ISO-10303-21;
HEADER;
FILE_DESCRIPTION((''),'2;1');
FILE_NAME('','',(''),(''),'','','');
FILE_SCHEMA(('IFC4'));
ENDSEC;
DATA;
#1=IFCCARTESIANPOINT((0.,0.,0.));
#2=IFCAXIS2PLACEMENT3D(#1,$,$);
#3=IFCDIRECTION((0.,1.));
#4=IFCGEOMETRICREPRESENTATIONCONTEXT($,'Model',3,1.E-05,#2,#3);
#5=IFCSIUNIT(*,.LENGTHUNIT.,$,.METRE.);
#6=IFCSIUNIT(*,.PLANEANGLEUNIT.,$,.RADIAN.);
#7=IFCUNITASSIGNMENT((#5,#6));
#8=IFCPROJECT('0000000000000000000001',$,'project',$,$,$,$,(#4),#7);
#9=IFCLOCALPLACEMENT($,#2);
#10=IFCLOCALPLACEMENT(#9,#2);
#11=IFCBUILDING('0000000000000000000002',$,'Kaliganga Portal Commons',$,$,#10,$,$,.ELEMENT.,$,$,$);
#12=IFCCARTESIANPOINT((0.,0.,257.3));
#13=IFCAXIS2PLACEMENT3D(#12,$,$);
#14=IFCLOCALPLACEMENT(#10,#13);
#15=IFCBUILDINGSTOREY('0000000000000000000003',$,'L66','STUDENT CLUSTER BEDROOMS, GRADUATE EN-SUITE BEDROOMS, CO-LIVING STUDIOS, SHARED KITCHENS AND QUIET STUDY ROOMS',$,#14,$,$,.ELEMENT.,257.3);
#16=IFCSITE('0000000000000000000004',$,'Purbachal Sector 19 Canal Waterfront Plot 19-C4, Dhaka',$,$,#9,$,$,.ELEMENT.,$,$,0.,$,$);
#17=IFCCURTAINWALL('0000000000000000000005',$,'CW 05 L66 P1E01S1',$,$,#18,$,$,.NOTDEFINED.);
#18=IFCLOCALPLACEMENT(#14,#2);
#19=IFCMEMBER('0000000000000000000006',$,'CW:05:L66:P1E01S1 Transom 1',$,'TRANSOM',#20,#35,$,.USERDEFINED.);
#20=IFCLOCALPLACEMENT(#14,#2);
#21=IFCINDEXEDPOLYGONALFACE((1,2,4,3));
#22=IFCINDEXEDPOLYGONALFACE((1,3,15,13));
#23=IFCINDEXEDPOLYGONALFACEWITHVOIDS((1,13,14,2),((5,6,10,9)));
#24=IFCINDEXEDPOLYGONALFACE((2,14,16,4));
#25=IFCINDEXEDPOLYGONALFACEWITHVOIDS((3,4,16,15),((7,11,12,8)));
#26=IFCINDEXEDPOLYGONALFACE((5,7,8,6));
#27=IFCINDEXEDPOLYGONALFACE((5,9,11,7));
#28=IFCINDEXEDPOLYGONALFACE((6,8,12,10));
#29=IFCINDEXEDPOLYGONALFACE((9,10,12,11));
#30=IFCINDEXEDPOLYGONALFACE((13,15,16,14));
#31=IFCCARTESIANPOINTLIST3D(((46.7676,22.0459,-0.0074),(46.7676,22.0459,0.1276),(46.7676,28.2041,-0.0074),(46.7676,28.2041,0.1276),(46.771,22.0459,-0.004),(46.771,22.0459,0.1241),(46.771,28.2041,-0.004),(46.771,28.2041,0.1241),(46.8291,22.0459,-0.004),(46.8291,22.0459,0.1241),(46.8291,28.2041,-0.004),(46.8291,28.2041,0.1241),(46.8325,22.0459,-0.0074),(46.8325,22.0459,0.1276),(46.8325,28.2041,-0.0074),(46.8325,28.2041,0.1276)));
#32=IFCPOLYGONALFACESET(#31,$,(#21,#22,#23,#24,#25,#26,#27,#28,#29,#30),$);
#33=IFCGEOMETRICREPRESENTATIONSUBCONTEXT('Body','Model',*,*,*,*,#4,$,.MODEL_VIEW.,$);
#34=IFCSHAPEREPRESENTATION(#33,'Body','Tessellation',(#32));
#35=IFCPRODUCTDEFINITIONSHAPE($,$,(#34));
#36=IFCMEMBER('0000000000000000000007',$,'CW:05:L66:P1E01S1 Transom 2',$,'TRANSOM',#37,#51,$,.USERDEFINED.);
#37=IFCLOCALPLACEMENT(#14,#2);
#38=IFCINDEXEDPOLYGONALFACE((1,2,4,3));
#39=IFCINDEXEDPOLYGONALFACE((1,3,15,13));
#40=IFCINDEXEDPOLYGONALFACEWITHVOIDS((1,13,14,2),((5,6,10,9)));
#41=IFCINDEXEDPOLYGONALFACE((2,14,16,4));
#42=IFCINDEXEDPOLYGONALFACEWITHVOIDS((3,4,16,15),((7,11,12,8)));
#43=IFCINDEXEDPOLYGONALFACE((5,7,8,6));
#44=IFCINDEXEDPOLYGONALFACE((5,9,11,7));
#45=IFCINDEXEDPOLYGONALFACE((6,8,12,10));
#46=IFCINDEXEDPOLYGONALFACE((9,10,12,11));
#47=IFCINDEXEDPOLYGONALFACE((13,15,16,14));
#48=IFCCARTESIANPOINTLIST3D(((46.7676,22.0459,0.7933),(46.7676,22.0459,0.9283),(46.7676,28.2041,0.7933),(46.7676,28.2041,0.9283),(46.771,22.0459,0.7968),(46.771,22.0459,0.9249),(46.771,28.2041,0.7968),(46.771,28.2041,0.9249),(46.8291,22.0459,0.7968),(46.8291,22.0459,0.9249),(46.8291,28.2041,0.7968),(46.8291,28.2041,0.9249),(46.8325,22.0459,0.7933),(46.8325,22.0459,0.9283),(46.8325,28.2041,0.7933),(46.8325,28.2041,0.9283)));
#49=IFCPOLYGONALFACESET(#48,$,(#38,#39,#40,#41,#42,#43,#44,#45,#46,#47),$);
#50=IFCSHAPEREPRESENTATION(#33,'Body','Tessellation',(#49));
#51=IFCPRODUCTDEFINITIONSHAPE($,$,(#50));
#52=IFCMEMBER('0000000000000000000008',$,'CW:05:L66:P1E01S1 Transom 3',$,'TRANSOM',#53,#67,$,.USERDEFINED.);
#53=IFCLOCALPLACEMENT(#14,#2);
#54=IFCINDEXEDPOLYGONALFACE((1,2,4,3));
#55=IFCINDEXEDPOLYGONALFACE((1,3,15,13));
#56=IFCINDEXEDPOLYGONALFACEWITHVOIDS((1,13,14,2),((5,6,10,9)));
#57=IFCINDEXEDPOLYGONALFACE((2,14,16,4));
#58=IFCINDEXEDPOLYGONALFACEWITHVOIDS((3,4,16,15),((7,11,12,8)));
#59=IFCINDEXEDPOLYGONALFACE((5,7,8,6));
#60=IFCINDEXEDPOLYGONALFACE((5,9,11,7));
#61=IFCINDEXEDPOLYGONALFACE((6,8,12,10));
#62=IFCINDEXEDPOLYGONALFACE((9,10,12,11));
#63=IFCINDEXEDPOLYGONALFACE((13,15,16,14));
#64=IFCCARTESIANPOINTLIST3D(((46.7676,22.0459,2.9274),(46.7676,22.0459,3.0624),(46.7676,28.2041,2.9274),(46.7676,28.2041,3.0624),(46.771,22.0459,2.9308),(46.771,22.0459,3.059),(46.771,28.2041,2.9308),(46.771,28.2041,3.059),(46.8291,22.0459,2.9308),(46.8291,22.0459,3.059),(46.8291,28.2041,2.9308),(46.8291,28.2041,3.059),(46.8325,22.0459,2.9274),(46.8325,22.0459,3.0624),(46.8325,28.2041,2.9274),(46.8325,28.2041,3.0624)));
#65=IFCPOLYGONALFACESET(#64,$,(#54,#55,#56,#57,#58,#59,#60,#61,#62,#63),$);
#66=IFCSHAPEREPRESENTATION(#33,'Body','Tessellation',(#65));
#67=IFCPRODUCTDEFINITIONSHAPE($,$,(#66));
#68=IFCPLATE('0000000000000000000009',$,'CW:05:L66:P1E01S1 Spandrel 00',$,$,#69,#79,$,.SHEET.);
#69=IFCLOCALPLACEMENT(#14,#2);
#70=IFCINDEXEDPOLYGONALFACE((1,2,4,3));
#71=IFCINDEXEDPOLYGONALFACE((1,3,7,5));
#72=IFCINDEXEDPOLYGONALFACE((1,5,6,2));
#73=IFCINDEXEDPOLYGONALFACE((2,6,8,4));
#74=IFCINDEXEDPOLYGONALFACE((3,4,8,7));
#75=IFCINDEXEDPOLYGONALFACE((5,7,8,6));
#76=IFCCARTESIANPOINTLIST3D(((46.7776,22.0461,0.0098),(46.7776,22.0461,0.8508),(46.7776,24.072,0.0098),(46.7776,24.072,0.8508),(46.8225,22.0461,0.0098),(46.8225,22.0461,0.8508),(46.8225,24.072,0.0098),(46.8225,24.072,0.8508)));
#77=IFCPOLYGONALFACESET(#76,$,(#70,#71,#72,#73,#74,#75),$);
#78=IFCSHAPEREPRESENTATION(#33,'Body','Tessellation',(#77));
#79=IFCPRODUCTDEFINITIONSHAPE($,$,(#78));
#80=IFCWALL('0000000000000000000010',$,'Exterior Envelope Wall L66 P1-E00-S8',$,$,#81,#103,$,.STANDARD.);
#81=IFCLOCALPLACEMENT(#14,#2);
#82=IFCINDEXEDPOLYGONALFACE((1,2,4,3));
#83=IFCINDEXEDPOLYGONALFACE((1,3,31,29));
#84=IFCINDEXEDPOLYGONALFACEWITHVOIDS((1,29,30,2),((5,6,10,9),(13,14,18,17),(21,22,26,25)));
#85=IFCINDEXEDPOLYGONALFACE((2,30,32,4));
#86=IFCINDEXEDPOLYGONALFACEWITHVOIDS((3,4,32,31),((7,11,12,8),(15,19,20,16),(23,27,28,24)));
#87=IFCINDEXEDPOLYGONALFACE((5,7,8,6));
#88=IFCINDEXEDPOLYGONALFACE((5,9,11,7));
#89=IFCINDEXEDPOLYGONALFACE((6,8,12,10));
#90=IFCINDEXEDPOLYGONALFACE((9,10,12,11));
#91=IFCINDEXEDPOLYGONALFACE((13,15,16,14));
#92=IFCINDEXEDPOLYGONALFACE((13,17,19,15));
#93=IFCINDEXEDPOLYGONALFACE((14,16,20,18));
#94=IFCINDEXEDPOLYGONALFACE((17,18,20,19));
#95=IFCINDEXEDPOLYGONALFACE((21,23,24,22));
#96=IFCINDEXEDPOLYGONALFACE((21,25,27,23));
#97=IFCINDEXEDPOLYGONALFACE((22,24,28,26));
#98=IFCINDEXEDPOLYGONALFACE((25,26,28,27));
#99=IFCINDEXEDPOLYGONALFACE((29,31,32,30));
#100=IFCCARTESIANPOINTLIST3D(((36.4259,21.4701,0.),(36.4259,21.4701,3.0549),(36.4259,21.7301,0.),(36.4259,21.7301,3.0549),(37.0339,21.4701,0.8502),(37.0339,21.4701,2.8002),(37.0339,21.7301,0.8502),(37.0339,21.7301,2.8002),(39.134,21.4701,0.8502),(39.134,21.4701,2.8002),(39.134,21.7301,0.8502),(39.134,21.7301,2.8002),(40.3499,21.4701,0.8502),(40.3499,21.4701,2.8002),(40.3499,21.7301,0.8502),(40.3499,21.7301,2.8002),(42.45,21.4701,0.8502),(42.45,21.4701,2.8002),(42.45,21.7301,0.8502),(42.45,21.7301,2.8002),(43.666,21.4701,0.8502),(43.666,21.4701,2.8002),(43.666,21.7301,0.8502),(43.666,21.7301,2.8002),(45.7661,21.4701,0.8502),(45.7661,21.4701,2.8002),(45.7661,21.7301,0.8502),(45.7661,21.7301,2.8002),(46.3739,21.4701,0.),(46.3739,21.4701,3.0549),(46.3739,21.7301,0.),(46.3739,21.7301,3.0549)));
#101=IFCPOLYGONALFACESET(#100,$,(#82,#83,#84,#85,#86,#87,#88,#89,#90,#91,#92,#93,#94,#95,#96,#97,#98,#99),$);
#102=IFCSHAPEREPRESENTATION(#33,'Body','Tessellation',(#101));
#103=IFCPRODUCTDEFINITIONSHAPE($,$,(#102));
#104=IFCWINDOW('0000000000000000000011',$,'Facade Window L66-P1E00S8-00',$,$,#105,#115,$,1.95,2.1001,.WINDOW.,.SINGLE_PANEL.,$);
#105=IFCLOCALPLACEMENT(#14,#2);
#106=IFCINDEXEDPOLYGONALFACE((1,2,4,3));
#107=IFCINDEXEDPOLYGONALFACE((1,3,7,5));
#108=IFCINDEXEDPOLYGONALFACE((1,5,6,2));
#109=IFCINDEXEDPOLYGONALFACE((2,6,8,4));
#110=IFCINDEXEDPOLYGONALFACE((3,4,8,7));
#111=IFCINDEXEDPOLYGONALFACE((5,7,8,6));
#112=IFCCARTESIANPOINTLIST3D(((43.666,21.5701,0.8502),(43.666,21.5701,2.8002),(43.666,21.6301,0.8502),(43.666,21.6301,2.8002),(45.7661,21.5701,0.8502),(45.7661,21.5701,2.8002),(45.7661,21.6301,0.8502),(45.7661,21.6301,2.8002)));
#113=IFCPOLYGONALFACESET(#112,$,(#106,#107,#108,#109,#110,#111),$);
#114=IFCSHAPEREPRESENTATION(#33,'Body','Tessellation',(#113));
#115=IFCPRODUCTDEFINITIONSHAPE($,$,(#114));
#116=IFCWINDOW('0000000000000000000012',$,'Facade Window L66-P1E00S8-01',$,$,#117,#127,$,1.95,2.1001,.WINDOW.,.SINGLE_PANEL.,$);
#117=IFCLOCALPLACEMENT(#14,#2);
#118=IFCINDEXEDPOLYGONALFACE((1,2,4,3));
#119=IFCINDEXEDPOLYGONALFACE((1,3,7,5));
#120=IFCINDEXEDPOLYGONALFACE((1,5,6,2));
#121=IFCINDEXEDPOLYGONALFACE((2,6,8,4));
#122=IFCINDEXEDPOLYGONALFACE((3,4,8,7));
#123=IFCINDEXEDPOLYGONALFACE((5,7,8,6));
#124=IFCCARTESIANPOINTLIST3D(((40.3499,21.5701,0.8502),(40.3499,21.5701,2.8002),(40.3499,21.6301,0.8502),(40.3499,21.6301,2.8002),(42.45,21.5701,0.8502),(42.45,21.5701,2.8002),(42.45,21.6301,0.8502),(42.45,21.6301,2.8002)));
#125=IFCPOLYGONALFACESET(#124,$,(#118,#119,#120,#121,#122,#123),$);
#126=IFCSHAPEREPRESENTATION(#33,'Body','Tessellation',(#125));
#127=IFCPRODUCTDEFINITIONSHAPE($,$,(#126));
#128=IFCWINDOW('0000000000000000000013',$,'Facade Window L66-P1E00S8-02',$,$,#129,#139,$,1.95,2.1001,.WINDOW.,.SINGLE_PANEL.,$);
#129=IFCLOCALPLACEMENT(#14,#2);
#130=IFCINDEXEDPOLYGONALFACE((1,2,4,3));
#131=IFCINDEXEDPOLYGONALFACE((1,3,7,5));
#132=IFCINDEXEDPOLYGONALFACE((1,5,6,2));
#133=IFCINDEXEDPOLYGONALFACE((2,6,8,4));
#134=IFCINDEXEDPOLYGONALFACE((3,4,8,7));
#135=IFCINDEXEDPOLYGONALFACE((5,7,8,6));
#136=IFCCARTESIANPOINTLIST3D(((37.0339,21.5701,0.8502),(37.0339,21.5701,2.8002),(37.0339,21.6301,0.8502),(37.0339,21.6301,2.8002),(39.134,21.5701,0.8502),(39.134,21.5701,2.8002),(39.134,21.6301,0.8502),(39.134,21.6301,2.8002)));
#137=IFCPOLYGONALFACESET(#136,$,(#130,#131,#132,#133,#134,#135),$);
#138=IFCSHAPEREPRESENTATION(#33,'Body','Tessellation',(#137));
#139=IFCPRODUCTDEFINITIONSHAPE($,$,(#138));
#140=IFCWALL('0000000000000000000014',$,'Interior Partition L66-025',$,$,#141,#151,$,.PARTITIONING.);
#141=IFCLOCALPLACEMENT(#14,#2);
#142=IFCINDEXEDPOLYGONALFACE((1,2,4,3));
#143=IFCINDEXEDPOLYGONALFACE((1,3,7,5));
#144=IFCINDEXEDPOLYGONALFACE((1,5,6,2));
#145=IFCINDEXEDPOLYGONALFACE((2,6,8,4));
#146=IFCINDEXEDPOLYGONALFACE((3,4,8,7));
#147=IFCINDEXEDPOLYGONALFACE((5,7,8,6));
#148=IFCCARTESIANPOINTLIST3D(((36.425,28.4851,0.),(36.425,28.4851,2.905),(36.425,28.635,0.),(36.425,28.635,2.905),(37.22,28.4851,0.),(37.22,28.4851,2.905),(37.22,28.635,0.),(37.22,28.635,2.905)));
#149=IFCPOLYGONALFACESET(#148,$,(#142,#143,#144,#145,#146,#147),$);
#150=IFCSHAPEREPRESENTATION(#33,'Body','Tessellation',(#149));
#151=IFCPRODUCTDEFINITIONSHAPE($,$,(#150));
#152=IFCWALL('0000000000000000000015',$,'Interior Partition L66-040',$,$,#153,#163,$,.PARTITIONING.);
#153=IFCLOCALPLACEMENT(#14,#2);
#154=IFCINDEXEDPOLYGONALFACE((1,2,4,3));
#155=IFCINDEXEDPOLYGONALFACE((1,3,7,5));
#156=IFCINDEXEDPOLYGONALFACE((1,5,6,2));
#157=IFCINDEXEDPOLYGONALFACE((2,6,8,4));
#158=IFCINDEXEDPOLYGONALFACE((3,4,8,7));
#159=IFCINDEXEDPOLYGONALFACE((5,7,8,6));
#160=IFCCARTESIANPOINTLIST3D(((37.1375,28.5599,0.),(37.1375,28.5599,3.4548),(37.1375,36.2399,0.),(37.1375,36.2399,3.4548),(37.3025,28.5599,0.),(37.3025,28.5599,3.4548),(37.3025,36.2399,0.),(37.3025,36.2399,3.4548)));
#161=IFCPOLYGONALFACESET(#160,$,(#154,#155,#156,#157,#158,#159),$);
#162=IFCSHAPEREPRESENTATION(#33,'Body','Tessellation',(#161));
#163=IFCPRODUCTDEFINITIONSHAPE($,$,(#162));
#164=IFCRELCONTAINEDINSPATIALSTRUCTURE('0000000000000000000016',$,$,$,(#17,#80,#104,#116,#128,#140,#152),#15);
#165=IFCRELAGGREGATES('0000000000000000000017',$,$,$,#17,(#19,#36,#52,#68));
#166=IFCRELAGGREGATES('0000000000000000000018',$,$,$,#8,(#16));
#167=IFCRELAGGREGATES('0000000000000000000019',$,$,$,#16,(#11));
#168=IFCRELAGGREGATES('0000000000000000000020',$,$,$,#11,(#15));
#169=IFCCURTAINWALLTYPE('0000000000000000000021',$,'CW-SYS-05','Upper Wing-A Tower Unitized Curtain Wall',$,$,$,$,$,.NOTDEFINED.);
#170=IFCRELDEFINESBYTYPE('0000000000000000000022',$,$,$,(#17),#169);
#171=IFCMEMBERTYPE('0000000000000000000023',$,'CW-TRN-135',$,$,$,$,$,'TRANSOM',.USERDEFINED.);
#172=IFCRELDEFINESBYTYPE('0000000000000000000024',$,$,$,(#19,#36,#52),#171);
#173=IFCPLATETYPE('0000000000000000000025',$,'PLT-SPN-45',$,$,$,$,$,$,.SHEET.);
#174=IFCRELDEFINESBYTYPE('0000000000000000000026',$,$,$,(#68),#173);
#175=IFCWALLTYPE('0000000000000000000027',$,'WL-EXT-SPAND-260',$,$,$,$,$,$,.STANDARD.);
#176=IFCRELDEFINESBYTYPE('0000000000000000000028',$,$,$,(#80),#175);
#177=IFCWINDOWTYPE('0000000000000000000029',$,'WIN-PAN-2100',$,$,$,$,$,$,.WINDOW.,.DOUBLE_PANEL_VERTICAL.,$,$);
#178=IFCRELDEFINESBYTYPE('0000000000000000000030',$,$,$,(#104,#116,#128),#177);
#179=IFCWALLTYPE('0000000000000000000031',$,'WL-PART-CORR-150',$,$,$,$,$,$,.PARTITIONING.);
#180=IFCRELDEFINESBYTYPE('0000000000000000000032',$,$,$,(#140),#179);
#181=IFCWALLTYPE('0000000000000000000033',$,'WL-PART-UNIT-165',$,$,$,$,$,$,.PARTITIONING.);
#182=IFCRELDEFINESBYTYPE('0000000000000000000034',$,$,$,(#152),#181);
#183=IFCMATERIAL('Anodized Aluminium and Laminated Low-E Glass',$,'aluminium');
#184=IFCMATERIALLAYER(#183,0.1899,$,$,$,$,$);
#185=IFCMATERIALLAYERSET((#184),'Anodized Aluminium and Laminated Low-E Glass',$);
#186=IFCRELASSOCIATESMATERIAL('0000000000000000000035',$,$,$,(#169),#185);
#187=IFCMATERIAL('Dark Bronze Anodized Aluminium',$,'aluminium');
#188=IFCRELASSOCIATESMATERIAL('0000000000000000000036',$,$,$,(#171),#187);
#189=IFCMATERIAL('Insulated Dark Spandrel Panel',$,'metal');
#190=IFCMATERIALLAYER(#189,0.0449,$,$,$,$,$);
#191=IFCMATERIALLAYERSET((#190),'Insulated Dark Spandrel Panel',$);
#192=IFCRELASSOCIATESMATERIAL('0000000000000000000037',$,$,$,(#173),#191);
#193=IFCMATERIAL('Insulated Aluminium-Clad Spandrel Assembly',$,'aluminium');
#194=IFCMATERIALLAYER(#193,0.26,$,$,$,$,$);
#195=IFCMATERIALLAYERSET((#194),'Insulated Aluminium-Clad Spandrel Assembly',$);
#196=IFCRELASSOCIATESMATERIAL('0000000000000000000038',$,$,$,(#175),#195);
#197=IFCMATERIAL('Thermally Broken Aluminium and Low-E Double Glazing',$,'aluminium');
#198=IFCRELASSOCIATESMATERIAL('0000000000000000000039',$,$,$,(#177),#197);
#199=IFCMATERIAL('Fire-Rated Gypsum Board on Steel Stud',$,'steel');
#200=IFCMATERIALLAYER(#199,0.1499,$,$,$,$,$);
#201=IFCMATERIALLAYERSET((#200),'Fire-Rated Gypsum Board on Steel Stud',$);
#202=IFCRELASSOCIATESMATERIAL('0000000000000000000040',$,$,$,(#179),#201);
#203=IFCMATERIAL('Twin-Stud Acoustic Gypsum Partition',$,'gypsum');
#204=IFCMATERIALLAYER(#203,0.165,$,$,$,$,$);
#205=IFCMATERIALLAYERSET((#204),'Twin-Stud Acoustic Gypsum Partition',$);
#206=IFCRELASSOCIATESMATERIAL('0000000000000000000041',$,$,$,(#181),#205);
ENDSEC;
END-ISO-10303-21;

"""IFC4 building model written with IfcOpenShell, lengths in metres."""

from ifc_helpers import new_model, si_unit, direction, frame, frame_2d, origin, origin_2d, place, context, subcontext, project, spatial, rectangle, hollow_rectangle, extrude, source, transform, mapped, material, layer, layer_set, material_profile, profile_set, type_object, element, fill, aggregate, save


model = new_model("IFC4")

# Units and contexts
model_context = context("Model", 3, precision=1e-05, world=origin(), true_north=direction((0.0, 1.0)))
body_context = subcontext(model_context, "Body", "Model", "MODEL_VIEW")
ifc_project = project(units=[si_unit("LENGTHUNIT", "METRE"), si_unit("PLANEANGLEUNIT", "RADIAN")], contexts=[model_context])

# Site, building, storey
site_placement = place(None, origin())
site = spatial("IfcSite", under=ifc_project, at=site_placement, Name="Purbachal Sector 19 Canal Waterfront Plot 19-C4, Dhaka", CompositionType="ELEMENT", RefElevation=0.0)
building_placement = place(site_placement, origin())
building = spatial("IfcBuilding", under=site, at=building_placement, Name="Kaliganga Portal Commons", CompositionType="ELEMENT")
storey_placement = place(building_placement, frame((0.0, 0.0, 257.3)))
storey = spatial("IfcBuildingStorey", under=building, at=storey_placement, Name="L66", Description="STUDENT CLUSTER BEDROOMS, GRADUATE EN-SUITE BEDROOMS, CO-LIVING STUDIOS, SHARED KITCHENS AND QUIET STUDY ROOMS", CompositionType="ELEMENT", Elevation=257.3)

# Curtain wall, members, plate
ifc_material_1 = material(Name="Anodized Aluminium and Laminated Low-E Glass", Category="aluminium")
ifc_layer_1 = layer(ifc_material_1, 0.1899)
ifc_layer_set_1 = layer_set([ifc_layer_1], Name="Anodized Aluminium and Laminated Low-E Glass")
curtain_wall_type = type_object("IfcCurtainWallType", Name="CW-SYS-05", Description="Upper Wing-A Tower Unitized Curtain Wall", PredefinedType="NOTDEFINED", material=ifc_layer_set_1)
curtain_wall_placement = place(storey_placement, origin())
curtain_wall = element("IfcCurtainWall", 1, at=curtain_wall_placement, inside=storey, type_object=curtain_wall_type, Name="CW 05 L66 P1E01S1", PredefinedType="NOTDEFINED")
ifc_material_2 = material(Name="Dark Bronze Anodized Aluminium", Category="aluminium")
ifc_material_profile_1 = material_profile(ifc_material_2, hollow_rectangle(XDim=0.0649, YDim=0.135, WallThickness=0.0034, at=origin_2d()), Name="ALU TRAN 65x135x3.5")
ifc_profile_set_1 = profile_set([ifc_material_profile_1], Name="Dark Bronze Anodized Aluminium")
member_type_1 = type_object("IfcMemberType", Name="CW-TRN-135", ElementType="TRANSOM", PredefinedType="USERDEFINED", material=ifc_profile_set_1)
shared_shape_1 = source(origin(), body_context, "Body", "SweptSolid", [
    extrude(hollow_rectangle(XDim=0.0649, YDim=0.135, WallThickness=0.0034, at=origin_2d()), origin(), (0.0, 0.0, 1.0), 6.1582),
])
member_1_placement = place(storey_placement, frame((46.8, 22.0459, 0.0601), z_axis=(0.0, 1.0, 0.0), x_axis=(-1.0, 0.0, 0.0)))
member_1 = element("IfcMember", 2, at=member_1_placement, type_object=member_type_1, Name="CW:05:L66:P1E01S1 Transom 1", ObjectType="TRANSOM", PredefinedType="USERDEFINED", context=body_context, shape_type="MappedRepresentation", body=[
    mapped(shared_shape_1, transform((0.0, 0.0, 0.0), x_axis=(1.0, 0.0, 0.0), y_axis=(0.0, 1.0, 0.0), z_axis=(0.0, 0.0, 1.0), scale=1.0)),
])
member_2_placement = place(storey_placement, frame((46.8, 22.0459, 0.8608), z_axis=(0.0, 1.0, 0.0), x_axis=(-1.0, 0.0, 0.0)))
member_2 = element("IfcMember", 3, at=member_2_placement, type_object=member_type_1, Name="CW:05:L66:P1E01S1 Transom 2", ObjectType="TRANSOM", PredefinedType="USERDEFINED", context=body_context, shape_type="MappedRepresentation", body=[
    mapped(shared_shape_1, transform((0.0, 0.0, 0.0), x_axis=(1.0, 0.0, 0.0), y_axis=(0.0, 1.0, 0.0), z_axis=(0.0, 0.0, 1.0), scale=1.0)),
])
member_3_placement = place(storey_placement, frame((46.8, 22.0459, 2.9949), z_axis=(0.0, 1.0, 0.0), x_axis=(-1.0, 0.0, 0.0)))
member_3 = element("IfcMember", 4, at=member_3_placement, type_object=member_type_1, Name="CW:05:L66:P1E01S1 Transom 3", ObjectType="TRANSOM", PredefinedType="USERDEFINED", context=body_context, shape_type="MappedRepresentation", body=[
    mapped(shared_shape_1, transform((0.0, 0.0, 0.0), x_axis=(1.0, 0.0, 0.0), y_axis=(0.0, 1.0, 0.0), z_axis=(0.0, 0.0, 1.0), scale=1.0)),
])
ifc_material_3 = material(Name="Insulated Dark Spandrel Panel", Category="metal")
ifc_layer_2 = layer(ifc_material_3, 0.0449)
ifc_layer_set_2 = layer_set([ifc_layer_2], Name="Insulated Dark Spandrel Panel")
plate_type = type_object("IfcPlateType", Name="PLT-SPN-45", PredefinedType="SHEET", material=ifc_layer_set_2)
shared_shape_2 = source(origin(), body_context, "Body", "SweptSolid", [
    extrude(rectangle(XDim=2.0259, YDim=0.0449, at=origin_2d()), origin(), (0.0, 0.0, 1.0), 0.8411),
])
plate_placement = place(storey_placement, frame((46.8, 23.0591, 0.0098), z_axis=(0.0, 0.0, 1.0), x_axis=(0.0, 1.0, 0.0)))
plate = element("IfcPlate", 5, at=plate_placement, type_object=plate_type, Name="CW:05:L66:P1E01S1 Spandrel 00", PredefinedType="SHEET", context=body_context, shape_type="MappedRepresentation", body=[
    mapped(shared_shape_2, transform((0.0, 0.0, 0.0), x_axis=(1.0, 0.0, 0.0), y_axis=(0.0, 1.0, 0.0), z_axis=(0.0, 0.0, 1.0), scale=1.0)),
])
aggregate(curtain_wall, [member_1, member_2, member_3, plate])

# Wall, openings, windows
ifc_material_4 = material(Name="Insulated Aluminium-Clad Spandrel Assembly", Category="aluminium")
ifc_layer_3 = layer(ifc_material_4, 0.26)
ifc_layer_set_3 = layer_set([ifc_layer_3], Name="Insulated Aluminium-Clad Spandrel Assembly")
wall_type_1 = type_object("IfcWallType", Name="WL-EXT-SPAND-260", PredefinedType="STANDARD", material=ifc_layer_set_3)
wall_1_placement = place(storey_placement, frame((46.374, 21.6001, 0.0), z_axis=(0.0, 0.0, 1.0), x_axis=(-1.0, 0.0, 0.0)))
wall_1 = element("IfcWall", 6, at=wall_1_placement, inside=storey, type_object=wall_type_1, Name="Exterior Envelope Wall L66 P1-E00-S8", PredefinedType="STANDARD", context=body_context, shape_type="SweptSolid", body=[
    extrude(rectangle(XDim=9.948, YDim=0.26, at=frame_2d((4.9741, 0.0))), origin(), (0.0, 0.0, 1.0), 3.0549),
])
opening_1_placement = place(wall_1_placement, frame((0.6079, 0.0, 0.8501)))
opening_1 = element("IfcOpeningElement", 7, at=opening_1_placement, cuts=wall_1, PredefinedType="OPENING", context=body_context, shape_type="SweptSolid", body=[
    extrude(rectangle(XDim=2.1001, YDim=1.95, at=frame_2d((1.05, 0.9751))), frame((0.0, 0.1401, 0.0), z_axis=(0.0, -1.0, 0.0), x_axis=(1.0, 0.0, 0.0)), (0.0, 0.0, 1.0), 0.28),
])
opening_2_placement = place(wall_1_placement, frame((3.9241, 0.0, 0.8501)))
opening_2 = element("IfcOpeningElement", 8, at=opening_2_placement, cuts=wall_1, PredefinedType="OPENING", context=body_context, shape_type="SweptSolid", body=[
    extrude(rectangle(XDim=2.1001, YDim=1.95, at=frame_2d((1.05, 0.9751))), frame((0.0, 0.1401, 0.0), z_axis=(0.0, -1.0, 0.0), x_axis=(1.0, 0.0, 0.0)), (0.0, 0.0, 1.0), 0.28),
])
opening_3_placement = place(wall_1_placement, frame((7.24, 0.0, 0.8501)))
opening_3 = element("IfcOpeningElement", 9, at=opening_3_placement, cuts=wall_1, PredefinedType="OPENING", context=body_context, shape_type="SweptSolid", body=[
    extrude(rectangle(XDim=2.1001, YDim=1.95, at=frame_2d((1.05, 0.9751))), frame((0.0, 0.1401, 0.0), z_axis=(0.0, -1.0, 0.0), x_axis=(1.0, 0.0, 0.0)), (0.0, 0.0, 1.0), 0.28),
])
ifc_material_5 = material(Name="Thermally Broken Aluminium and Low-E Double Glazing", Category="aluminium")
window_type = type_object("IfcWindowType", Name="WIN-PAN-2100", PartitioningType="DOUBLE_PANEL_VERTICAL", PredefinedType="WINDOW", material=ifc_material_5)
window_1_placement = place(opening_1_placement, origin())
window_1 = element("IfcWindow", 10, at=window_1_placement, inside=storey, type_object=window_type, Name="Facade Window L66-P1E00S8-00", OverallHeight=1.95, OverallWidth=2.1001, PartitioningType="SINGLE_PANEL", PredefinedType="WINDOW", context=body_context, shape_type="SweptSolid", body=[
    extrude(rectangle(XDim=2.1001, YDim=1.95, at=frame_2d((1.05, 0.9751))), frame((0.0, 0.03, 0.0), z_axis=(0.0, -1.0, 0.0), x_axis=(1.0, 0.0, 0.0)), (0.0, 0.0, 1.0), 0.0601),
])
fill(opening_1, window_1)
window_2_placement = place(opening_2_placement, origin())
window_2 = element("IfcWindow", 11, at=window_2_placement, inside=storey, type_object=window_type, Name="Facade Window L66-P1E00S8-01", OverallHeight=1.95, OverallWidth=2.1001, PartitioningType="SINGLE_PANEL", PredefinedType="WINDOW", context=body_context, shape_type="SweptSolid", body=[
    extrude(rectangle(XDim=2.1001, YDim=1.95, at=frame_2d((1.05, 0.9751))), frame((0.0, 0.03, 0.0), z_axis=(0.0, -1.0, 0.0), x_axis=(1.0, 0.0, 0.0)), (0.0, 0.0, 1.0), 0.0601),
])
fill(opening_2, window_2)
window_3_placement = place(opening_3_placement, origin())
window_3 = element("IfcWindow", 12, at=window_3_placement, inside=storey, type_object=window_type, Name="Facade Window L66-P1E00S8-02", OverallHeight=1.95, OverallWidth=2.1001, PartitioningType="SINGLE_PANEL", PredefinedType="WINDOW", context=body_context, shape_type="SweptSolid", body=[
    extrude(rectangle(XDim=2.1001, YDim=1.95, at=frame_2d((1.05, 0.9751))), frame((0.0, 0.03, 0.0), z_axis=(0.0, -1.0, 0.0), x_axis=(1.0, 0.0, 0.0)), (0.0, 0.0, 1.0), 0.0601),
])
fill(opening_3, window_3)

# Shared definitions
ifc_material_6 = material(Name="Fire-Rated Gypsum Board on Steel Stud", Category="steel")
ifc_layer_4 = layer(ifc_material_6, 0.1499)
ifc_layer_set_4 = layer_set([ifc_layer_4], Name="Fire-Rated Gypsum Board on Steel Stud")
wall_type_2 = type_object("IfcWallType", Name="WL-PART-CORR-150", PredefinedType="PARTITIONING", material=ifc_layer_set_4)

# Wall
wall_2_placement = place(storey_placement, frame((36.425, 28.5601, 0.0), z_axis=(0.0, 0.0, 1.0), x_axis=(1.0, 0.0, 0.0)))
element("IfcWall", 13, at=wall_2_placement, inside=storey, type_object=wall_type_2, Name="Interior Partition L66-025", PredefinedType="PARTITIONING", context=body_context, shape_type="SweptSolid", body=[
    extrude(rectangle(XDim=0.7949, YDim=0.1499, at=frame_2d((0.3975, 0.0))), origin(), (0.0, 0.0, 1.0), 2.905),
])

# Wall
ifc_material_7 = material(Name="Twin-Stud Acoustic Gypsum Partition", Category="gypsum")
ifc_layer_5 = layer(ifc_material_7, 0.165)
ifc_layer_set_5 = layer_set([ifc_layer_5], Name="Twin-Stud Acoustic Gypsum Partition")
wall_type_3 = type_object("IfcWallType", Name="WL-PART-UNIT-165", PredefinedType="PARTITIONING", material=ifc_layer_set_5)
for number, where, z_axis, x_axis, name in (
    (14, (37.22, 28.5601, 0.0), (0.0, 0.0, 1.0), (0.0, 1.0, 0.0), "Interior Partition L66-040"),
):
    element("IfcWall", number, at=place(storey_placement, frame(where, z_axis=z_axis, x_axis=x_axis)), inside=storey, type_object=wall_type_3, Name=name, PredefinedType="PARTITIONING", context=body_context, shape_type="SweptSolid", body=[
        extrude(rectangle(XDim=7.6799, YDim=0.165, at=frame_2d((3.8398, 0.0))), origin(), (0.0, 0.0, 1.0), 3.4548),
    ])

save(model, "model.ifc")
